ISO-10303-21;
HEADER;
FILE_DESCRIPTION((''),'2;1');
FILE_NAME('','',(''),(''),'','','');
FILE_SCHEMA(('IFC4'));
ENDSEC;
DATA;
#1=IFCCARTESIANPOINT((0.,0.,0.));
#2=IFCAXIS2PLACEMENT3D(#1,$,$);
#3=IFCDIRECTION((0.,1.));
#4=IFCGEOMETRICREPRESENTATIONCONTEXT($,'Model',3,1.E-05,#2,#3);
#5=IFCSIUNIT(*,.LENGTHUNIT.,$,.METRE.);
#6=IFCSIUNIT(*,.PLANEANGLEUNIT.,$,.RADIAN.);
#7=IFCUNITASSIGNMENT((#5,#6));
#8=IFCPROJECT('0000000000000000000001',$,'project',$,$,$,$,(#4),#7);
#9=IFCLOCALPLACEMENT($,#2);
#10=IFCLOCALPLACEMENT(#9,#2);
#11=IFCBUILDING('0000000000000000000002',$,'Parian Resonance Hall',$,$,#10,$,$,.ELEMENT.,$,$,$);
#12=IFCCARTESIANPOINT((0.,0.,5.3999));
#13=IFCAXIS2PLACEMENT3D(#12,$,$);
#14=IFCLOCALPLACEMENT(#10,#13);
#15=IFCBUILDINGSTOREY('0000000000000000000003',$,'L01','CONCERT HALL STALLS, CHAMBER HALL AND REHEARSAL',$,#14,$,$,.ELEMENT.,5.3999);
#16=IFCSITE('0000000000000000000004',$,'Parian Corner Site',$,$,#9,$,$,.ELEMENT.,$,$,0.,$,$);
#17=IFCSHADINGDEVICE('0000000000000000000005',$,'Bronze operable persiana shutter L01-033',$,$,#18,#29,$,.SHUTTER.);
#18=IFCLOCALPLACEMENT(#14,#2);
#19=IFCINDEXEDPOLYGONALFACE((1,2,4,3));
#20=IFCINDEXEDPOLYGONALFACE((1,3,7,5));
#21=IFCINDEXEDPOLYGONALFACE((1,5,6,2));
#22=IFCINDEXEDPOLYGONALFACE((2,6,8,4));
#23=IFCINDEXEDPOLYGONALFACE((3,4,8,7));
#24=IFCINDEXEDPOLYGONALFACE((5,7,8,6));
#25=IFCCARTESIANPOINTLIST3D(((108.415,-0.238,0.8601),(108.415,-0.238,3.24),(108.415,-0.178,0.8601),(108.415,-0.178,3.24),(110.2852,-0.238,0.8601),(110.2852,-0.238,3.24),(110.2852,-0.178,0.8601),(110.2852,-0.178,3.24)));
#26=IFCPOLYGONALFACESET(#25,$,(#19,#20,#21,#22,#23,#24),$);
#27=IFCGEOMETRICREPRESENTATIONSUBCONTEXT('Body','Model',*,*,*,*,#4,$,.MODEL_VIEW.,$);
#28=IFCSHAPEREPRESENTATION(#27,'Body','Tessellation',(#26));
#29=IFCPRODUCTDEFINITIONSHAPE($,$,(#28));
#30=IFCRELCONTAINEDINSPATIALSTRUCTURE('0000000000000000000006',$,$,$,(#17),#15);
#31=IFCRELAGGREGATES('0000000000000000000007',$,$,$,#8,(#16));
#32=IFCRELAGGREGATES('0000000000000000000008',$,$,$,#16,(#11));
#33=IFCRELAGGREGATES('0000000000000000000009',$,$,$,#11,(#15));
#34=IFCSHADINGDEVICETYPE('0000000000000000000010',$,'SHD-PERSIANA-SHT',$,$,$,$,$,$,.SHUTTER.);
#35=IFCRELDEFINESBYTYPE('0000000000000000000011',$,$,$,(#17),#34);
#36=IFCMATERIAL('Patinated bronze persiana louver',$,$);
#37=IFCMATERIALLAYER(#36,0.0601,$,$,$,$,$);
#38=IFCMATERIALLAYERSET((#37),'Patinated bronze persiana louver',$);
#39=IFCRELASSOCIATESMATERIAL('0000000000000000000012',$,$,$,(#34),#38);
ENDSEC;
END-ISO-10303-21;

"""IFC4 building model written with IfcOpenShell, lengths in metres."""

from ifc_helpers import new_model, si_unit, direction, frame, origin, origin_2d, place, context, subcontext, project, spatial, rectangle, extrude, material, layer, layer_set, type_object, element, save


model = new_model("IFC4")

# Units and contexts
model_context = context("Model", 3, precision=1e-05, world=origin(), true_north=direction((0.0, 1.0)))
body_context = subcontext(model_context, "Body", "Model", "MODEL_VIEW")
ifc_project = project(units=[si_unit("LENGTHUNIT", "METRE"), si_unit("PLANEANGLEUNIT", "RADIAN")], contexts=[model_context])

# Site, building, storey
site_placement = place(None, origin())
site = spatial("IfcSite", under=ifc_project, at=site_placement, Name="Parian Corner Site", CompositionType="ELEMENT", RefElevation=0.0)
building_placement = place(site_placement, origin())
building = spatial("IfcBuilding", under=site, at=building_placement, Name="Parian Resonance Hall", CompositionType="ELEMENT")
storey_placement = place(building_placement, frame((0.0, 0.0, 5.3999)))
storey = spatial("IfcBuildingStorey", under=building, at=storey_placement, Name="L01", Description="CONCERT HALL STALLS, CHAMBER HALL AND REHEARSAL", CompositionType="ELEMENT", Elevation=5.3999)

# Shading device
ifc_material_1 = material(Name="Patinated bronze persiana louver")
ifc_layer_1 = layer(ifc_material_1, 0.0601)
ifc_layer_set_1 = layer_set([ifc_layer_1], Name="Patinated bronze persiana louver")
shading_device_type = type_object("IfcShadingDeviceType", Name="SHD-PERSIANA-SHT", PredefinedType="SHUTTER", material=ifc_layer_set_1)
shading_device_1_placement = place(storey_placement, frame((109.3501, -0.208, 0.8601), z_axis=(0.0, 0.0, 1.0), x_axis=(-1.0, 0.0, 0.0)))
element("IfcShadingDevice", 1, at=shading_device_1_placement, inside=storey, type_object=shading_device_type, Name="Bronze operable persiana shutter L01-033", PredefinedType="SHUTTER", context=body_context, shape_type="SweptSolid", body=[
    extrude(rectangle(XDim=1.8701, YDim=0.0601, at=origin_2d()), origin(), (0.0, 0.0, 1.0), 2.3799),
])

save(model, "model.ifc")
